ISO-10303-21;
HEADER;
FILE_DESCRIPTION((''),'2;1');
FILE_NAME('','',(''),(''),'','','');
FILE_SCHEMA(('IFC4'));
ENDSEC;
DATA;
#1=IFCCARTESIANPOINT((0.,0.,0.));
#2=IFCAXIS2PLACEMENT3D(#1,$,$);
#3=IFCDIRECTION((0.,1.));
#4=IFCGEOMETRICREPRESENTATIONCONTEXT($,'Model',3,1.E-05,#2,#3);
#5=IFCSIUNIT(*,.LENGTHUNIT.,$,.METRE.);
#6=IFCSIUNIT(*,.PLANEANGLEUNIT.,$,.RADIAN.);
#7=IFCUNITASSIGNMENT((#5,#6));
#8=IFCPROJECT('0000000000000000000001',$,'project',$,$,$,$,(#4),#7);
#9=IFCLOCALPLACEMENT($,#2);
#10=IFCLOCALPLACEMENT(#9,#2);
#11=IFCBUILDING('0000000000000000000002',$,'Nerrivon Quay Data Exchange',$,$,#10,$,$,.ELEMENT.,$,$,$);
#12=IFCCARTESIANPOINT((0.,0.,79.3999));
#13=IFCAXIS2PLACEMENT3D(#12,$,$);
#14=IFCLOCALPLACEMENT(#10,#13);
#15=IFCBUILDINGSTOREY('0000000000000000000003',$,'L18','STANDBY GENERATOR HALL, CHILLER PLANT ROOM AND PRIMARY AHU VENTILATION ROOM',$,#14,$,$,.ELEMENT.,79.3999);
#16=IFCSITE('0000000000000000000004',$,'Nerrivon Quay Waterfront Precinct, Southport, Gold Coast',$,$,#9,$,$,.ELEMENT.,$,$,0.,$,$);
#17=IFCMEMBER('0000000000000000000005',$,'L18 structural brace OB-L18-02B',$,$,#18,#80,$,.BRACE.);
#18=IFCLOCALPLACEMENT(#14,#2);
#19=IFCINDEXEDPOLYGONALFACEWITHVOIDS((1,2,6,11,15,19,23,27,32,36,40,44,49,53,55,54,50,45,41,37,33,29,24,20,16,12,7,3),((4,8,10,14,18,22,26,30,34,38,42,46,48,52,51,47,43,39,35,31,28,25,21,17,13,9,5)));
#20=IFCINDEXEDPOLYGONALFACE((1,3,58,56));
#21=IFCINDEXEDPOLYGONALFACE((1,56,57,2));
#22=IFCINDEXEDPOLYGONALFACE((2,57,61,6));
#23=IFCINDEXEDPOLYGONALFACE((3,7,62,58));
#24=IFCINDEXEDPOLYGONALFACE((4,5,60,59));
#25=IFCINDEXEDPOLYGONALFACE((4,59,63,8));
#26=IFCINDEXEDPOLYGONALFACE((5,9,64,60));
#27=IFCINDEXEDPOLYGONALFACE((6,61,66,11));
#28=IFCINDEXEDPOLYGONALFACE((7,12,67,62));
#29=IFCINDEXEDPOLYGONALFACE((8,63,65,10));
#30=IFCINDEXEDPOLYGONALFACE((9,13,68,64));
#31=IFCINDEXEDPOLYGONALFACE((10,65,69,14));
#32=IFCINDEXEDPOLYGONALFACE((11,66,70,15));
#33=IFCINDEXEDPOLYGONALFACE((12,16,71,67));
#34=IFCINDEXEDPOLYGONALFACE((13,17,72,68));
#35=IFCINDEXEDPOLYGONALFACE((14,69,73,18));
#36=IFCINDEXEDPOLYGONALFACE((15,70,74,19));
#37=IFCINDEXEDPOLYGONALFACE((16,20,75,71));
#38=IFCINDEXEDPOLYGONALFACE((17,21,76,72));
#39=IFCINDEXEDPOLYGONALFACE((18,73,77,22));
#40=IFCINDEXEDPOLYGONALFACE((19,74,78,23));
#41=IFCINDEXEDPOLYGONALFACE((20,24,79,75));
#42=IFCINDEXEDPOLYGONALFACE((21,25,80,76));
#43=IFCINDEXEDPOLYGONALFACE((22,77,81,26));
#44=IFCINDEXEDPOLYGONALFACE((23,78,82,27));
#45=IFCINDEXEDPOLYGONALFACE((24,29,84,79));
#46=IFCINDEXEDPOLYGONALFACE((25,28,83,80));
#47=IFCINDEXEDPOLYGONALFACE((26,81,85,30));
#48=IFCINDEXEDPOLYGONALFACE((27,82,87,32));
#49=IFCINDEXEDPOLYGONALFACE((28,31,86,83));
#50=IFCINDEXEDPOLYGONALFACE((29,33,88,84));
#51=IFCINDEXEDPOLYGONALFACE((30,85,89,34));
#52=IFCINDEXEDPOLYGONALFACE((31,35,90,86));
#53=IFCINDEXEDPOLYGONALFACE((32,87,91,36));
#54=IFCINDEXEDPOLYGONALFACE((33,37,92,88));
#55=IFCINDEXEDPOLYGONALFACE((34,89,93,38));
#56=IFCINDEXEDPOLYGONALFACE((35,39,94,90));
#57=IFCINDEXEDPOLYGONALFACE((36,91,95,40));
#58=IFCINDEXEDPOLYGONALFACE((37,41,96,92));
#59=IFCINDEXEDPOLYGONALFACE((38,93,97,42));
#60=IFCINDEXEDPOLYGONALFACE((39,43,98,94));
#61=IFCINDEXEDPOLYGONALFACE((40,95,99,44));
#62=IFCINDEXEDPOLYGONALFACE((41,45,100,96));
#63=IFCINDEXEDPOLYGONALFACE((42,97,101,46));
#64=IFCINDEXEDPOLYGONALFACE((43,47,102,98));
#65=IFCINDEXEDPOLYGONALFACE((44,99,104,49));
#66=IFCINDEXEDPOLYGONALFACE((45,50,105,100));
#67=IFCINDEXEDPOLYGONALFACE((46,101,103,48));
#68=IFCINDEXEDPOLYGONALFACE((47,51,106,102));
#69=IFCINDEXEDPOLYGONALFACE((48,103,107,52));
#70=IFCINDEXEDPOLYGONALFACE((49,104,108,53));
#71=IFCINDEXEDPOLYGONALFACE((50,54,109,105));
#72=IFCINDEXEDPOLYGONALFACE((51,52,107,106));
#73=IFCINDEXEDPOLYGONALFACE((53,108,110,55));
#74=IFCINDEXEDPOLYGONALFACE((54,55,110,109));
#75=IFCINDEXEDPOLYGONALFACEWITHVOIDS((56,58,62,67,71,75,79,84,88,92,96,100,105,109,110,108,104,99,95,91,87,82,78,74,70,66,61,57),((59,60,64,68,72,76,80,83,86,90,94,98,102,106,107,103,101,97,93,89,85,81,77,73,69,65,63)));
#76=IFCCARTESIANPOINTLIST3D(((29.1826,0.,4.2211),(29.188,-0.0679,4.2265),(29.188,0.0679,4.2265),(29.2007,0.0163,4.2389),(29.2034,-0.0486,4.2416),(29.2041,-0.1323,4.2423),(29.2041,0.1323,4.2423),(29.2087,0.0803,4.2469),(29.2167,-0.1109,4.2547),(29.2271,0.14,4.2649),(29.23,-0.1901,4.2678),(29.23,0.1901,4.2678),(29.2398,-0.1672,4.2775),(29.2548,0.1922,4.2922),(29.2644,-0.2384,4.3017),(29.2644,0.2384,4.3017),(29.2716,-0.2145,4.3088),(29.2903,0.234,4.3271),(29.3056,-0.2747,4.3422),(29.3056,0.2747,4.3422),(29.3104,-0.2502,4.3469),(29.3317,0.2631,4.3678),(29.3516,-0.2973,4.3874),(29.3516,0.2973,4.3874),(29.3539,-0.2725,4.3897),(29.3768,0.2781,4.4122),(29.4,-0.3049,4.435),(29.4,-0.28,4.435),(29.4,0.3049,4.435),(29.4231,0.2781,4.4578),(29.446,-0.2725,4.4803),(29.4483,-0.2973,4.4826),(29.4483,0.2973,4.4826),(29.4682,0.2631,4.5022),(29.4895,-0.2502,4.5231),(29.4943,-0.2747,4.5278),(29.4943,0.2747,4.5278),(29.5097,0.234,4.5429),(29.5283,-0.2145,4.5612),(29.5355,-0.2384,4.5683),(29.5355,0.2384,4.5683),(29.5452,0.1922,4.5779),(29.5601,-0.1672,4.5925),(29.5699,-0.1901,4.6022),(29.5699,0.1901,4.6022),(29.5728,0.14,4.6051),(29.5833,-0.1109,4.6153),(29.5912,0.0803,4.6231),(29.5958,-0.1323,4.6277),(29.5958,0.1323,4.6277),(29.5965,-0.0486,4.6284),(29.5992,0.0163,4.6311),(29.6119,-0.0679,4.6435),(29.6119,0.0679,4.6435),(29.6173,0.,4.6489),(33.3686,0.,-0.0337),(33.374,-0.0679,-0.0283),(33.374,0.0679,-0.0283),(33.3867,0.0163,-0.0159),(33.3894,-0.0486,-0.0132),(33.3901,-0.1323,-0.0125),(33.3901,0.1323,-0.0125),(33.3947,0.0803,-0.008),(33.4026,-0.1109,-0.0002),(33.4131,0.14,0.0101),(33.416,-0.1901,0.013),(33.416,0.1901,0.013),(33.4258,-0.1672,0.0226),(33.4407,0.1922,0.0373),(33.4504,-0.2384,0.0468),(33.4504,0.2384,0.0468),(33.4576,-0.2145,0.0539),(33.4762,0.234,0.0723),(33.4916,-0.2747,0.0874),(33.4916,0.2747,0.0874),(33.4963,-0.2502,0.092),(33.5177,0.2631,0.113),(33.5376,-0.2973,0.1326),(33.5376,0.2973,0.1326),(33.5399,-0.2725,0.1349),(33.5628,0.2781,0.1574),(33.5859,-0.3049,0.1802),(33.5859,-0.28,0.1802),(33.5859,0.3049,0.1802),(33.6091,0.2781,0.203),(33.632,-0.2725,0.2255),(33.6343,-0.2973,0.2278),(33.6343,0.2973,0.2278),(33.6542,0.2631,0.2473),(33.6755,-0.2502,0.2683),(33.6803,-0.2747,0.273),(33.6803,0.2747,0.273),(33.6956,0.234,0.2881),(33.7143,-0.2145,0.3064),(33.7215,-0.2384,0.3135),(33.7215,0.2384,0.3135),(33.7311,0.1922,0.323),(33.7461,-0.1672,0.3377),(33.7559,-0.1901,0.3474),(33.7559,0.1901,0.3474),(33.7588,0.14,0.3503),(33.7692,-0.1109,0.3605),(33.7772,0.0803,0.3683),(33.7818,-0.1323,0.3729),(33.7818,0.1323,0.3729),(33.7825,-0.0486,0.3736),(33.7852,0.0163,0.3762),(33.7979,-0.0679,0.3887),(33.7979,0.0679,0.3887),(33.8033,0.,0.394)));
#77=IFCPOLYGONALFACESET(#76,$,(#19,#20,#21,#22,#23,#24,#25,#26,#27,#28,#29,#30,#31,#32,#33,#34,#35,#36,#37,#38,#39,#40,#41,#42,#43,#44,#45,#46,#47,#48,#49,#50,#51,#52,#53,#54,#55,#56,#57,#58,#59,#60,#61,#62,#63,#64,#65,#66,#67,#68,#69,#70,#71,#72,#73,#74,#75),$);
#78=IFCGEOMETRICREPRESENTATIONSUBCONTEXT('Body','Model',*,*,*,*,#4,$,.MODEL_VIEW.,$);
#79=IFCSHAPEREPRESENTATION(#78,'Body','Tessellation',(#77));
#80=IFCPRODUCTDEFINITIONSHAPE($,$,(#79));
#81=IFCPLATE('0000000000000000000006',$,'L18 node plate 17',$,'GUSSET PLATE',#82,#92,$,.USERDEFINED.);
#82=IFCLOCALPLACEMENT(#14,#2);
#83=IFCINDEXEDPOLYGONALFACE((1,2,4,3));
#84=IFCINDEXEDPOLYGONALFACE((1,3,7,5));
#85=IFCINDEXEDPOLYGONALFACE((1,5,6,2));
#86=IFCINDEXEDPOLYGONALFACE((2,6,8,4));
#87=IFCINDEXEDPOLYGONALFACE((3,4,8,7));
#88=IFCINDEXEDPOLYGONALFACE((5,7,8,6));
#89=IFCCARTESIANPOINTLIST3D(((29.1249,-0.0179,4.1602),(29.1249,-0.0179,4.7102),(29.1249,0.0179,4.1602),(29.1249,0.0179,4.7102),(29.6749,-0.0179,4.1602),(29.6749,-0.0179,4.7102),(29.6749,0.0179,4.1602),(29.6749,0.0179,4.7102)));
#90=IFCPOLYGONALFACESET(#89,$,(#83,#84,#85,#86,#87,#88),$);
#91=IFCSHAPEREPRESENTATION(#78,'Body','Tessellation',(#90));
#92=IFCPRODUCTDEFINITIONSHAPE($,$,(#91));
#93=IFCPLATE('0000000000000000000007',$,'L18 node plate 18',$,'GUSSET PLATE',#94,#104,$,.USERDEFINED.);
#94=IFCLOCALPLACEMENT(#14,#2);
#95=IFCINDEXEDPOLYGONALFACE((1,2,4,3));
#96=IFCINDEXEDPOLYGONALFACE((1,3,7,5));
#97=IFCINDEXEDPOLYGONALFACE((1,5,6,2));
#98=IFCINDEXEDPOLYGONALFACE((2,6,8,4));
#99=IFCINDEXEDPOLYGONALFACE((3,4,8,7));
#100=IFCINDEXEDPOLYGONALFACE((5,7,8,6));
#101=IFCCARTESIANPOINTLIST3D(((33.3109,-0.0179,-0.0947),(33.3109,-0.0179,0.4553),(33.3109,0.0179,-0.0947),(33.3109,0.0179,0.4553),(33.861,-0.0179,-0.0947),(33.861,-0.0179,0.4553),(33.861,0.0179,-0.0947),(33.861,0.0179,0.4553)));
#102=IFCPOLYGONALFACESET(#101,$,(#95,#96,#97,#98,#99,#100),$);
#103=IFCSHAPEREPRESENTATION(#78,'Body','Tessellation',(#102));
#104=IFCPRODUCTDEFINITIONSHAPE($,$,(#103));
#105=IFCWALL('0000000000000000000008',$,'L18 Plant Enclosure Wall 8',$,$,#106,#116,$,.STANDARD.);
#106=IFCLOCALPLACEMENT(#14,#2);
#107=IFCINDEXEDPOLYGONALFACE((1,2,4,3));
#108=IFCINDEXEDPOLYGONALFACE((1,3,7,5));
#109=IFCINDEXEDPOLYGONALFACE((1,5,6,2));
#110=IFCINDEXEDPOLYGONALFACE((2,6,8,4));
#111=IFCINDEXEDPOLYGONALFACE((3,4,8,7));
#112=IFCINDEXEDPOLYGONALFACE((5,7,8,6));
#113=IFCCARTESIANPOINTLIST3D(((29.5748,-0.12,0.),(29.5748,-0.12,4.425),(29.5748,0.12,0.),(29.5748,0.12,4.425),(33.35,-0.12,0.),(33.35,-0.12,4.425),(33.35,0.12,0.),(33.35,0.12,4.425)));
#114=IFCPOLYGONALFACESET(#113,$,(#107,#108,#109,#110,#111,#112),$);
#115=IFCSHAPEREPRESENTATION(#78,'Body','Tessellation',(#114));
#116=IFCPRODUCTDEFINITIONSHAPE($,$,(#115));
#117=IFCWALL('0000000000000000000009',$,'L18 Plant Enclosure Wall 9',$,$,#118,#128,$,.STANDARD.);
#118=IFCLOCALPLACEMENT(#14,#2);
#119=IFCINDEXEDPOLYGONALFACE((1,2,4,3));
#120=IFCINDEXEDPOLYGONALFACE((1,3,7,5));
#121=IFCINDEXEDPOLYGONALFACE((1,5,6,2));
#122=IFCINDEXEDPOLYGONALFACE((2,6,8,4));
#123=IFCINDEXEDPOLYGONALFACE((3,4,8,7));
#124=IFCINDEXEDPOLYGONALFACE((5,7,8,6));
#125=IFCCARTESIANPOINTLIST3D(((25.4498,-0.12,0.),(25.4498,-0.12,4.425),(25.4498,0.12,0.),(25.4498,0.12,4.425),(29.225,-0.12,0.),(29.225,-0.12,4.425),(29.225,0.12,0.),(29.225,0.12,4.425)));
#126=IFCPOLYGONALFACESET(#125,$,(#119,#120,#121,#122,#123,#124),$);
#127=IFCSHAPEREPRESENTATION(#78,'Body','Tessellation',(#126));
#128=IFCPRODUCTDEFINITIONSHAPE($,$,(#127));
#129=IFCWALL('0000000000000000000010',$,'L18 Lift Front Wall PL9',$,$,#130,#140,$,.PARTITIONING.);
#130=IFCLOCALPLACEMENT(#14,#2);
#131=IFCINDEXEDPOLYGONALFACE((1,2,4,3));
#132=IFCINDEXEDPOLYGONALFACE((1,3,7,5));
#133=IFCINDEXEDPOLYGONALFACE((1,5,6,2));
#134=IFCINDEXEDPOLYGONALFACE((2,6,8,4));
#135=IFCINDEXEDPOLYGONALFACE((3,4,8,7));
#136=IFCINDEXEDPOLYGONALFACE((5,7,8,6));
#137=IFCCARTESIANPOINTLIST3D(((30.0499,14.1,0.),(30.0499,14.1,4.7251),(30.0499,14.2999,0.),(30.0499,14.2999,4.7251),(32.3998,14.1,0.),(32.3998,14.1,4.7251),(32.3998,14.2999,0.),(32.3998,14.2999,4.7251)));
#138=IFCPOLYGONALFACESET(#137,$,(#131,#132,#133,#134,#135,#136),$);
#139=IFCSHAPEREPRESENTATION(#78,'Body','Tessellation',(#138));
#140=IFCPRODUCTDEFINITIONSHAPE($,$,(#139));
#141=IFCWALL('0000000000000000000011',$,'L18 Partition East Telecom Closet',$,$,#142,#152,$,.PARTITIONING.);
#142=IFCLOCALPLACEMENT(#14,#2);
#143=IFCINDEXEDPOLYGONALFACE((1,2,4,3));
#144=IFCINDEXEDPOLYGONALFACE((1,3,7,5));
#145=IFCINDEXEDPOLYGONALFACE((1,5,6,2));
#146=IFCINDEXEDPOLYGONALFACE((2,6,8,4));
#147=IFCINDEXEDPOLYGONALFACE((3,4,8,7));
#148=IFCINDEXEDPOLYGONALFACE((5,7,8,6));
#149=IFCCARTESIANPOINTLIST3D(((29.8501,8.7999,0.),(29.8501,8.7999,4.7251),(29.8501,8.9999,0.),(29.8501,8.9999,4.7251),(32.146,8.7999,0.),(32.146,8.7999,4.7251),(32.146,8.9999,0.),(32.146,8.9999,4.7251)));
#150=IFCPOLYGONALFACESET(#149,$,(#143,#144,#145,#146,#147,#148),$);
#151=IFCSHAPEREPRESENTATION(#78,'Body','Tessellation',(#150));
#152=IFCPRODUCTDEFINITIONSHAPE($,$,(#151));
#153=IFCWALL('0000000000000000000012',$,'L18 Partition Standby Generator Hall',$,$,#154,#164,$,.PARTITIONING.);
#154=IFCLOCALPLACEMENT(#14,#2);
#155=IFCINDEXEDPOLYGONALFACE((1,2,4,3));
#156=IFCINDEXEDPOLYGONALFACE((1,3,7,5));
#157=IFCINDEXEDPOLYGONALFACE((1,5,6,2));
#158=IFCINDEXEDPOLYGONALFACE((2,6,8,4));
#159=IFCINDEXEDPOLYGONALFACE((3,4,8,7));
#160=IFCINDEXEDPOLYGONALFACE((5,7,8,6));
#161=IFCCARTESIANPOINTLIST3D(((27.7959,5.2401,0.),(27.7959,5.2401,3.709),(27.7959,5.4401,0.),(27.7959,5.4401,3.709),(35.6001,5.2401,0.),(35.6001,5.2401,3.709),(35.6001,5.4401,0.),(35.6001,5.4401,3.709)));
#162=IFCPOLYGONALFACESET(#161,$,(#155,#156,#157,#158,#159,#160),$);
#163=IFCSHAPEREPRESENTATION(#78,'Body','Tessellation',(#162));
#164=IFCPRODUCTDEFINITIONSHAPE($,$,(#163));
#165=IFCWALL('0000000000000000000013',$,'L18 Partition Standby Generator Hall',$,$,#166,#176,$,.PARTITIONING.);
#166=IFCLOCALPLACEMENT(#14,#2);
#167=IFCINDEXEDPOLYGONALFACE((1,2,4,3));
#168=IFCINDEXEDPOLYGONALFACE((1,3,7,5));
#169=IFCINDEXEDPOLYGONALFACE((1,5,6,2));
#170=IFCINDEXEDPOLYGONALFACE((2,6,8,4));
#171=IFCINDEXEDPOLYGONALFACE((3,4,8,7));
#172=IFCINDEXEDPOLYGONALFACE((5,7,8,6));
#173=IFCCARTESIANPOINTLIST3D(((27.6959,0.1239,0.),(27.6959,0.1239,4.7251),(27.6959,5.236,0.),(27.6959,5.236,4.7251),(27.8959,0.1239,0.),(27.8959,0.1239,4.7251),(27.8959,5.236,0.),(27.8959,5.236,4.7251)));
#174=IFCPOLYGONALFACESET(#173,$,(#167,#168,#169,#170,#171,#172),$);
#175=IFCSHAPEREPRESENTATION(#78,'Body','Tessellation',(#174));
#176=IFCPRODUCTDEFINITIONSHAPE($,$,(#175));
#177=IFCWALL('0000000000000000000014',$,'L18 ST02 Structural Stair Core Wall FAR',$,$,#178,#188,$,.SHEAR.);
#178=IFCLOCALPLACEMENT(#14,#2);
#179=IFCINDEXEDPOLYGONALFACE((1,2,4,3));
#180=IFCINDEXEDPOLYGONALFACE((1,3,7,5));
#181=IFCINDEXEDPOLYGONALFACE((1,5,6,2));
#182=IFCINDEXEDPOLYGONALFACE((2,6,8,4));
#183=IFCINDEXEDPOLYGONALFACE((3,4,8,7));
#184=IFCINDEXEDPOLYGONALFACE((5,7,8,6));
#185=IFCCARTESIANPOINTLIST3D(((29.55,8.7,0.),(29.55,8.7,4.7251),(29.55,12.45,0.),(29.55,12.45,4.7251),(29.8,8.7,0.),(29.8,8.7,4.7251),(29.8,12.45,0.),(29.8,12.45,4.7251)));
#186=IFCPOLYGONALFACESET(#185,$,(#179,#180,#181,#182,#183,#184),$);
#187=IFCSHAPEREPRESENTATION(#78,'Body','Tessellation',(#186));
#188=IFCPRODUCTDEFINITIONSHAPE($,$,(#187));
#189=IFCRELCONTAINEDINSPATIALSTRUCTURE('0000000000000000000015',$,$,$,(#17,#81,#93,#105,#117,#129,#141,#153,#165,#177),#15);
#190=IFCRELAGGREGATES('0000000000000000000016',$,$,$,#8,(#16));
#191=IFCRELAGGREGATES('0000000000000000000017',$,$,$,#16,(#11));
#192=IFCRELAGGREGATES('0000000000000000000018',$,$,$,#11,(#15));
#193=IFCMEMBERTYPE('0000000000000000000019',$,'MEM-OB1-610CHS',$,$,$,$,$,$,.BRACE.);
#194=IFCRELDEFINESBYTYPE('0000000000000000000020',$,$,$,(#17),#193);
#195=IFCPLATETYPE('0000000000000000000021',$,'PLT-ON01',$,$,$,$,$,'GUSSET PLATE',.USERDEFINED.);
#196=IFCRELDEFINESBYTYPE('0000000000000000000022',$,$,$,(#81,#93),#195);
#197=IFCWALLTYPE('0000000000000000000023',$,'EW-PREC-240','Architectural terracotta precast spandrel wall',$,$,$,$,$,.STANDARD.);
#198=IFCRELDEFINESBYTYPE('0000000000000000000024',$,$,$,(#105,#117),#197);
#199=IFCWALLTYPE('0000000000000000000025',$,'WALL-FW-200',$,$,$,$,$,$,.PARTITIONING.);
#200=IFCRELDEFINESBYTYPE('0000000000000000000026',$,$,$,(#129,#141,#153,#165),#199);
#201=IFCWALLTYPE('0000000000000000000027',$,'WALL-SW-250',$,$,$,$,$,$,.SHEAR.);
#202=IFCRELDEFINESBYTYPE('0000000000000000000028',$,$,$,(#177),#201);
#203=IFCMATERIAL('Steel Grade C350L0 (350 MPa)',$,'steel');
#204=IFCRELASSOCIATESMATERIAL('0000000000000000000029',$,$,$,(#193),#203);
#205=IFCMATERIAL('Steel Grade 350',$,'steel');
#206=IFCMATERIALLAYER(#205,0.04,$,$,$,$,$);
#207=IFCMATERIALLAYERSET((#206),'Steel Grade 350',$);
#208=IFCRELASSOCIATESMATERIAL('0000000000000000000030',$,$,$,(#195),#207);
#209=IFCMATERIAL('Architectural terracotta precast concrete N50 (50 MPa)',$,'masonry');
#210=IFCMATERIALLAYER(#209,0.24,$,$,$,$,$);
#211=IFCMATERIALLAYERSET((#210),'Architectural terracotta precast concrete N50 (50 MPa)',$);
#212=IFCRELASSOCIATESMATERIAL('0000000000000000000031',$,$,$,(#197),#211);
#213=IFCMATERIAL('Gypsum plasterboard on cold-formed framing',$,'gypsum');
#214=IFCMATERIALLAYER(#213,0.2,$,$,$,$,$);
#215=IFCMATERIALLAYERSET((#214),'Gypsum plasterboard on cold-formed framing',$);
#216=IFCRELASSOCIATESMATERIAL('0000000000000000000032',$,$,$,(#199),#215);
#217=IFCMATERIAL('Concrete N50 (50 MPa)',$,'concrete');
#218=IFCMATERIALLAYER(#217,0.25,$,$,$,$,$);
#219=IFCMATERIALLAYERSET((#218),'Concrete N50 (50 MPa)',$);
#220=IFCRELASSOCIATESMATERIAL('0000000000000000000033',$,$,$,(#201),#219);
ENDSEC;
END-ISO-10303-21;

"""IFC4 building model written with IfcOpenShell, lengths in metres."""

from ifc_helpers import new_model, si_unit, direction, frame, frame_2d, origin, origin_2d, place, context, subcontext, project, spatial, rectangle, hollow_circle, extrude, material, layer, layer_set, material_profile, profile_set, type_object, element, save


model = new_model("IFC4")

# Units and contexts
model_context = context("Model", 3, precision=1e-05, world=origin(), true_north=direction((0.0, 1.0)))
body_context = subcontext(model_context, "Body", "Model", "MODEL_VIEW")
ifc_project = project(units=[si_unit("LENGTHUNIT", "METRE"), si_unit("PLANEANGLEUNIT", "RADIAN")], contexts=[model_context])

# Site, building, storey
site_placement = place(None, origin())
site = spatial("IfcSite", under=ifc_project, at=site_placement, Name="Nerrivon Quay Waterfront Precinct, Southport, Gold Coast", CompositionType="ELEMENT", RefElevation=0.0)
building_placement = place(site_placement, origin())
building = spatial("IfcBuilding", under=site, at=building_placement, Name="Nerrivon Quay Data Exchange", CompositionType="ELEMENT")
storey_placement = place(building_placement, frame((0.0, 0.0, 79.3999)))
storey = spatial("IfcBuildingStorey", under=building, at=storey_placement, Name="L18", Description="STANDBY GENERATOR HALL, CHILLER PLANT ROOM AND PRIMARY AHU VENTILATION ROOM", CompositionType="ELEMENT", Elevation=79.3999)

# Shared definitions
ifc_material_1 = material(Name="Steel Grade 350", Category="steel")
ifc_material_2 = material(Name="Concrete N50 (50 MPa)", Category="concrete")

# Shared definitions
ifc_material_3 = material(Name="Steel Grade C350L0 (350 MPa)", Category="steel")

# Member
ifc_material_profile_1 = material_profile(ifc_material_3, hollow_circle(Radius=0.3049, WallThickness=0.0249, at=origin_2d()), Name="610.0x25.0CHS")
ifc_profile_set_1 = profile_set([ifc_material_profile_1], Name="Steel Grade C350L0 (350 MPa)")
member_type = type_object("IfcMemberType", Name="MEM-OB1-610CHS", PredefinedType="BRACE", material=ifc_profile_set_1)
member_placement = place(storey_placement, frame((33.5859, 0.0, 0.1802), z_axis=(-0.701316, 0.0, 0.712851), x_axis=(0.0, -1.0, 0.0)))
element("IfcMember", 1, at=member_placement, inside=storey, type_object=member_type, Name="L18 structural brace OB-L18-02B", PredefinedType="BRACE", context=body_context, shape_type="SweptSolid", body=[
    extrude(hollow_circle(Radius=0.3049, WallThickness=0.0249, at=origin_2d()), origin(), (0.0, 0.0, 1.0), 5.9688),
])

# Plates
ifc_layer_1 = layer(ifc_material_1, 0.04)
ifc_layer_set_1 = layer_set([ifc_layer_1], Name="Steel Grade 350")
plate_type = type_object("IfcPlateType", Name="PLT-ON01", ElementType="GUSSET PLATE", PredefinedType="USERDEFINED", material=ifc_layer_set_1)
for number, where, z_axis, x_axis, name in (
    (2, (29.3999, 0.0, 4.1602), (0.0, 0.0, 1.0), (1.0, 0.0, 0.0), "L18 node plate 17"),
    (3, (33.5859, 0.0, -0.0947), (0.0, 0.0, 1.0), (1.0, 0.0, 0.0), "L18 node plate 18"),
):
    element("IfcPlate", number, at=place(storey_placement, frame(where, z_axis=z_axis, x_axis=x_axis)), inside=storey, type_object=plate_type, Name=name, ObjectType="GUSSET PLATE", PredefinedType="USERDEFINED", context=body_context, shape_type="SweptSolid", body=[
        extrude(rectangle(XDim=0.55, YDim=0.0359, at=origin_2d()), origin(), (0.0, 0.0, 1.0), 0.55),
    ])

# Walls
ifc_material_4 = material(Name="Architectural terracotta precast concrete N50 (50 MPa)", Category="masonry")
ifc_layer_2 = layer(ifc_material_4, 0.24)
ifc_layer_set_2 = layer_set([ifc_layer_2], Name="Architectural terracotta precast concrete N50 (50 MPa)")
wall_type_1 = type_object("IfcWallType", Name="EW-PREC-240", Description="Architectural terracotta precast spandrel wall", PredefinedType="STANDARD", material=ifc_layer_set_2)
for number, where, z_axis, x_axis, name in (
    (4, (33.3501, 0.0, 0.0), (0.0, 0.0, 1.0), (-1.0, 0.0, 0.0), "L18 Plant Enclosure Wall 8"),
    (5, (29.2251, 0.0, 0.0), (0.0, 0.0, 1.0), (-1.0, 0.0, 0.0), "L18 Plant Enclosure Wall 9"),
):
    element("IfcWall", number, at=place(storey_placement, frame(where, z_axis=z_axis, x_axis=x_axis)), inside=storey, type_object=wall_type_1, Name=name, PredefinedType="STANDARD", context=body_context, shape_type="SweptSolid", body=[
        extrude(rectangle(XDim=3.7751, YDim=0.24, at=frame_2d((1.8877, 0.0))), origin(), (0.0, 0.0, 1.0), 4.425),
    ])

# Wall
ifc_material_5 = material(Name="Gypsum plasterboard on cold-formed framing", Category="gypsum")
ifc_layer_3 = layer(ifc_material_5, 0.2)
ifc_layer_set_3 = layer_set([ifc_layer_3], Name="Gypsum plasterboard on cold-formed framing")
wall_type_2 = type_object("IfcWallType", Name="WALL-FW-200", PredefinedType="PARTITIONING", material=ifc_layer_set_3)
wall_1_placement = place(storey_placement, frame((30.05, 14.2, 0.0), z_axis=(0.0, 0.0, 1.0), x_axis=(1.0, 0.0, 0.0)))
element("IfcWall", 6, at=wall_1_placement, inside=storey, type_object=wall_type_2, Name="L18 Lift Front Wall PL9", PredefinedType="PARTITIONING", context=body_context, shape_type="SweptSolid", body=[
    extrude(rectangle(XDim=2.3499, YDim=0.2, at=frame_2d((1.1748, 0.0))), origin(), (0.0, 0.0, 1.0), 4.7251),
])

# Walls
wall_2_placement = place(storey_placement, frame((29.8501, 8.8999, 0.0), z_axis=(0.0, 0.0, 1.0), x_axis=(1.0, 0.0, 0.0)))
element("IfcWall", 7, at=wall_2_placement, inside=storey, type_object=wall_type_2, Name="L18 Partition East Telecom Closet", PredefinedType="PARTITIONING", context=body_context, shape_type="SweptSolid", body=[
    extrude(rectangle(XDim=2.2959, YDim=0.2, at=frame_2d((1.1479, 0.0))), origin(), (0.0, 0.0, 1.0), 4.7251),
])
wall_3_placement = place(storey_placement, frame((35.6001, 5.3401, 0.0), z_axis=(0.0, 0.0, 1.0), x_axis=(-1.0, 0.0, 0.0)))
element("IfcWall", 8, at=wall_3_placement, inside=storey, type_object=wall_type_2, Name="L18 Partition Standby Generator Hall", PredefinedType="PARTITIONING", context=body_context, shape_type="SweptSolid", body=[
    extrude(rectangle(XDim=7.8042, YDim=0.2, at=frame_2d((3.9021, 0.0))), origin(), (0.0, 0.0, 1.0), 3.709),
])
wall_4_placement = place(storey_placement, frame((27.7959, 5.2361, 0.0), z_axis=(0.0, 0.0, 1.0), x_axis=(0.0, -1.0, 0.0)))
element("IfcWall", 9, at=wall_4_placement, inside=storey, type_object=wall_type_2, Name="L18 Partition Standby Generator Hall", PredefinedType="PARTITIONING", context=body_context, shape_type="SweptSolid", body=[
    extrude(rectangle(XDim=5.1121, YDim=0.2, at=frame_2d((2.5562, 0.0))), origin(), (0.0, 0.0, 1.0), 4.7251),
])
ifc_layer_4 = layer(ifc_material_2, 0.25)
ifc_layer_set_4 = layer_set([ifc_layer_4], Name="Concrete N50 (50 MPa)")
wall_type_3 = type_object("IfcWallType", Name="WALL-SW-250", PredefinedType="SHEAR", material=ifc_layer_set_4)
wall_5_placement = place(storey_placement, frame((29.675, 8.7, 0.0), z_axis=(0.0, 0.0, 1.0), x_axis=(0.0, 1.0, 0.0)))
element("IfcWall", 10, at=wall_5_placement, inside=storey, type_object=wall_type_3, Name="L18 ST02 Structural Stair Core Wall FAR", PredefinedType="SHEAR", context=body_context, shape_type="SweptSolid", body=[
    extrude(rectangle(XDim=3.75, YDim=0.25, at=frame_2d((1.875, 0.0))), origin(), (0.0, 0.0, 1.0), 4.7251),
])

save(model, "model.ifc")
